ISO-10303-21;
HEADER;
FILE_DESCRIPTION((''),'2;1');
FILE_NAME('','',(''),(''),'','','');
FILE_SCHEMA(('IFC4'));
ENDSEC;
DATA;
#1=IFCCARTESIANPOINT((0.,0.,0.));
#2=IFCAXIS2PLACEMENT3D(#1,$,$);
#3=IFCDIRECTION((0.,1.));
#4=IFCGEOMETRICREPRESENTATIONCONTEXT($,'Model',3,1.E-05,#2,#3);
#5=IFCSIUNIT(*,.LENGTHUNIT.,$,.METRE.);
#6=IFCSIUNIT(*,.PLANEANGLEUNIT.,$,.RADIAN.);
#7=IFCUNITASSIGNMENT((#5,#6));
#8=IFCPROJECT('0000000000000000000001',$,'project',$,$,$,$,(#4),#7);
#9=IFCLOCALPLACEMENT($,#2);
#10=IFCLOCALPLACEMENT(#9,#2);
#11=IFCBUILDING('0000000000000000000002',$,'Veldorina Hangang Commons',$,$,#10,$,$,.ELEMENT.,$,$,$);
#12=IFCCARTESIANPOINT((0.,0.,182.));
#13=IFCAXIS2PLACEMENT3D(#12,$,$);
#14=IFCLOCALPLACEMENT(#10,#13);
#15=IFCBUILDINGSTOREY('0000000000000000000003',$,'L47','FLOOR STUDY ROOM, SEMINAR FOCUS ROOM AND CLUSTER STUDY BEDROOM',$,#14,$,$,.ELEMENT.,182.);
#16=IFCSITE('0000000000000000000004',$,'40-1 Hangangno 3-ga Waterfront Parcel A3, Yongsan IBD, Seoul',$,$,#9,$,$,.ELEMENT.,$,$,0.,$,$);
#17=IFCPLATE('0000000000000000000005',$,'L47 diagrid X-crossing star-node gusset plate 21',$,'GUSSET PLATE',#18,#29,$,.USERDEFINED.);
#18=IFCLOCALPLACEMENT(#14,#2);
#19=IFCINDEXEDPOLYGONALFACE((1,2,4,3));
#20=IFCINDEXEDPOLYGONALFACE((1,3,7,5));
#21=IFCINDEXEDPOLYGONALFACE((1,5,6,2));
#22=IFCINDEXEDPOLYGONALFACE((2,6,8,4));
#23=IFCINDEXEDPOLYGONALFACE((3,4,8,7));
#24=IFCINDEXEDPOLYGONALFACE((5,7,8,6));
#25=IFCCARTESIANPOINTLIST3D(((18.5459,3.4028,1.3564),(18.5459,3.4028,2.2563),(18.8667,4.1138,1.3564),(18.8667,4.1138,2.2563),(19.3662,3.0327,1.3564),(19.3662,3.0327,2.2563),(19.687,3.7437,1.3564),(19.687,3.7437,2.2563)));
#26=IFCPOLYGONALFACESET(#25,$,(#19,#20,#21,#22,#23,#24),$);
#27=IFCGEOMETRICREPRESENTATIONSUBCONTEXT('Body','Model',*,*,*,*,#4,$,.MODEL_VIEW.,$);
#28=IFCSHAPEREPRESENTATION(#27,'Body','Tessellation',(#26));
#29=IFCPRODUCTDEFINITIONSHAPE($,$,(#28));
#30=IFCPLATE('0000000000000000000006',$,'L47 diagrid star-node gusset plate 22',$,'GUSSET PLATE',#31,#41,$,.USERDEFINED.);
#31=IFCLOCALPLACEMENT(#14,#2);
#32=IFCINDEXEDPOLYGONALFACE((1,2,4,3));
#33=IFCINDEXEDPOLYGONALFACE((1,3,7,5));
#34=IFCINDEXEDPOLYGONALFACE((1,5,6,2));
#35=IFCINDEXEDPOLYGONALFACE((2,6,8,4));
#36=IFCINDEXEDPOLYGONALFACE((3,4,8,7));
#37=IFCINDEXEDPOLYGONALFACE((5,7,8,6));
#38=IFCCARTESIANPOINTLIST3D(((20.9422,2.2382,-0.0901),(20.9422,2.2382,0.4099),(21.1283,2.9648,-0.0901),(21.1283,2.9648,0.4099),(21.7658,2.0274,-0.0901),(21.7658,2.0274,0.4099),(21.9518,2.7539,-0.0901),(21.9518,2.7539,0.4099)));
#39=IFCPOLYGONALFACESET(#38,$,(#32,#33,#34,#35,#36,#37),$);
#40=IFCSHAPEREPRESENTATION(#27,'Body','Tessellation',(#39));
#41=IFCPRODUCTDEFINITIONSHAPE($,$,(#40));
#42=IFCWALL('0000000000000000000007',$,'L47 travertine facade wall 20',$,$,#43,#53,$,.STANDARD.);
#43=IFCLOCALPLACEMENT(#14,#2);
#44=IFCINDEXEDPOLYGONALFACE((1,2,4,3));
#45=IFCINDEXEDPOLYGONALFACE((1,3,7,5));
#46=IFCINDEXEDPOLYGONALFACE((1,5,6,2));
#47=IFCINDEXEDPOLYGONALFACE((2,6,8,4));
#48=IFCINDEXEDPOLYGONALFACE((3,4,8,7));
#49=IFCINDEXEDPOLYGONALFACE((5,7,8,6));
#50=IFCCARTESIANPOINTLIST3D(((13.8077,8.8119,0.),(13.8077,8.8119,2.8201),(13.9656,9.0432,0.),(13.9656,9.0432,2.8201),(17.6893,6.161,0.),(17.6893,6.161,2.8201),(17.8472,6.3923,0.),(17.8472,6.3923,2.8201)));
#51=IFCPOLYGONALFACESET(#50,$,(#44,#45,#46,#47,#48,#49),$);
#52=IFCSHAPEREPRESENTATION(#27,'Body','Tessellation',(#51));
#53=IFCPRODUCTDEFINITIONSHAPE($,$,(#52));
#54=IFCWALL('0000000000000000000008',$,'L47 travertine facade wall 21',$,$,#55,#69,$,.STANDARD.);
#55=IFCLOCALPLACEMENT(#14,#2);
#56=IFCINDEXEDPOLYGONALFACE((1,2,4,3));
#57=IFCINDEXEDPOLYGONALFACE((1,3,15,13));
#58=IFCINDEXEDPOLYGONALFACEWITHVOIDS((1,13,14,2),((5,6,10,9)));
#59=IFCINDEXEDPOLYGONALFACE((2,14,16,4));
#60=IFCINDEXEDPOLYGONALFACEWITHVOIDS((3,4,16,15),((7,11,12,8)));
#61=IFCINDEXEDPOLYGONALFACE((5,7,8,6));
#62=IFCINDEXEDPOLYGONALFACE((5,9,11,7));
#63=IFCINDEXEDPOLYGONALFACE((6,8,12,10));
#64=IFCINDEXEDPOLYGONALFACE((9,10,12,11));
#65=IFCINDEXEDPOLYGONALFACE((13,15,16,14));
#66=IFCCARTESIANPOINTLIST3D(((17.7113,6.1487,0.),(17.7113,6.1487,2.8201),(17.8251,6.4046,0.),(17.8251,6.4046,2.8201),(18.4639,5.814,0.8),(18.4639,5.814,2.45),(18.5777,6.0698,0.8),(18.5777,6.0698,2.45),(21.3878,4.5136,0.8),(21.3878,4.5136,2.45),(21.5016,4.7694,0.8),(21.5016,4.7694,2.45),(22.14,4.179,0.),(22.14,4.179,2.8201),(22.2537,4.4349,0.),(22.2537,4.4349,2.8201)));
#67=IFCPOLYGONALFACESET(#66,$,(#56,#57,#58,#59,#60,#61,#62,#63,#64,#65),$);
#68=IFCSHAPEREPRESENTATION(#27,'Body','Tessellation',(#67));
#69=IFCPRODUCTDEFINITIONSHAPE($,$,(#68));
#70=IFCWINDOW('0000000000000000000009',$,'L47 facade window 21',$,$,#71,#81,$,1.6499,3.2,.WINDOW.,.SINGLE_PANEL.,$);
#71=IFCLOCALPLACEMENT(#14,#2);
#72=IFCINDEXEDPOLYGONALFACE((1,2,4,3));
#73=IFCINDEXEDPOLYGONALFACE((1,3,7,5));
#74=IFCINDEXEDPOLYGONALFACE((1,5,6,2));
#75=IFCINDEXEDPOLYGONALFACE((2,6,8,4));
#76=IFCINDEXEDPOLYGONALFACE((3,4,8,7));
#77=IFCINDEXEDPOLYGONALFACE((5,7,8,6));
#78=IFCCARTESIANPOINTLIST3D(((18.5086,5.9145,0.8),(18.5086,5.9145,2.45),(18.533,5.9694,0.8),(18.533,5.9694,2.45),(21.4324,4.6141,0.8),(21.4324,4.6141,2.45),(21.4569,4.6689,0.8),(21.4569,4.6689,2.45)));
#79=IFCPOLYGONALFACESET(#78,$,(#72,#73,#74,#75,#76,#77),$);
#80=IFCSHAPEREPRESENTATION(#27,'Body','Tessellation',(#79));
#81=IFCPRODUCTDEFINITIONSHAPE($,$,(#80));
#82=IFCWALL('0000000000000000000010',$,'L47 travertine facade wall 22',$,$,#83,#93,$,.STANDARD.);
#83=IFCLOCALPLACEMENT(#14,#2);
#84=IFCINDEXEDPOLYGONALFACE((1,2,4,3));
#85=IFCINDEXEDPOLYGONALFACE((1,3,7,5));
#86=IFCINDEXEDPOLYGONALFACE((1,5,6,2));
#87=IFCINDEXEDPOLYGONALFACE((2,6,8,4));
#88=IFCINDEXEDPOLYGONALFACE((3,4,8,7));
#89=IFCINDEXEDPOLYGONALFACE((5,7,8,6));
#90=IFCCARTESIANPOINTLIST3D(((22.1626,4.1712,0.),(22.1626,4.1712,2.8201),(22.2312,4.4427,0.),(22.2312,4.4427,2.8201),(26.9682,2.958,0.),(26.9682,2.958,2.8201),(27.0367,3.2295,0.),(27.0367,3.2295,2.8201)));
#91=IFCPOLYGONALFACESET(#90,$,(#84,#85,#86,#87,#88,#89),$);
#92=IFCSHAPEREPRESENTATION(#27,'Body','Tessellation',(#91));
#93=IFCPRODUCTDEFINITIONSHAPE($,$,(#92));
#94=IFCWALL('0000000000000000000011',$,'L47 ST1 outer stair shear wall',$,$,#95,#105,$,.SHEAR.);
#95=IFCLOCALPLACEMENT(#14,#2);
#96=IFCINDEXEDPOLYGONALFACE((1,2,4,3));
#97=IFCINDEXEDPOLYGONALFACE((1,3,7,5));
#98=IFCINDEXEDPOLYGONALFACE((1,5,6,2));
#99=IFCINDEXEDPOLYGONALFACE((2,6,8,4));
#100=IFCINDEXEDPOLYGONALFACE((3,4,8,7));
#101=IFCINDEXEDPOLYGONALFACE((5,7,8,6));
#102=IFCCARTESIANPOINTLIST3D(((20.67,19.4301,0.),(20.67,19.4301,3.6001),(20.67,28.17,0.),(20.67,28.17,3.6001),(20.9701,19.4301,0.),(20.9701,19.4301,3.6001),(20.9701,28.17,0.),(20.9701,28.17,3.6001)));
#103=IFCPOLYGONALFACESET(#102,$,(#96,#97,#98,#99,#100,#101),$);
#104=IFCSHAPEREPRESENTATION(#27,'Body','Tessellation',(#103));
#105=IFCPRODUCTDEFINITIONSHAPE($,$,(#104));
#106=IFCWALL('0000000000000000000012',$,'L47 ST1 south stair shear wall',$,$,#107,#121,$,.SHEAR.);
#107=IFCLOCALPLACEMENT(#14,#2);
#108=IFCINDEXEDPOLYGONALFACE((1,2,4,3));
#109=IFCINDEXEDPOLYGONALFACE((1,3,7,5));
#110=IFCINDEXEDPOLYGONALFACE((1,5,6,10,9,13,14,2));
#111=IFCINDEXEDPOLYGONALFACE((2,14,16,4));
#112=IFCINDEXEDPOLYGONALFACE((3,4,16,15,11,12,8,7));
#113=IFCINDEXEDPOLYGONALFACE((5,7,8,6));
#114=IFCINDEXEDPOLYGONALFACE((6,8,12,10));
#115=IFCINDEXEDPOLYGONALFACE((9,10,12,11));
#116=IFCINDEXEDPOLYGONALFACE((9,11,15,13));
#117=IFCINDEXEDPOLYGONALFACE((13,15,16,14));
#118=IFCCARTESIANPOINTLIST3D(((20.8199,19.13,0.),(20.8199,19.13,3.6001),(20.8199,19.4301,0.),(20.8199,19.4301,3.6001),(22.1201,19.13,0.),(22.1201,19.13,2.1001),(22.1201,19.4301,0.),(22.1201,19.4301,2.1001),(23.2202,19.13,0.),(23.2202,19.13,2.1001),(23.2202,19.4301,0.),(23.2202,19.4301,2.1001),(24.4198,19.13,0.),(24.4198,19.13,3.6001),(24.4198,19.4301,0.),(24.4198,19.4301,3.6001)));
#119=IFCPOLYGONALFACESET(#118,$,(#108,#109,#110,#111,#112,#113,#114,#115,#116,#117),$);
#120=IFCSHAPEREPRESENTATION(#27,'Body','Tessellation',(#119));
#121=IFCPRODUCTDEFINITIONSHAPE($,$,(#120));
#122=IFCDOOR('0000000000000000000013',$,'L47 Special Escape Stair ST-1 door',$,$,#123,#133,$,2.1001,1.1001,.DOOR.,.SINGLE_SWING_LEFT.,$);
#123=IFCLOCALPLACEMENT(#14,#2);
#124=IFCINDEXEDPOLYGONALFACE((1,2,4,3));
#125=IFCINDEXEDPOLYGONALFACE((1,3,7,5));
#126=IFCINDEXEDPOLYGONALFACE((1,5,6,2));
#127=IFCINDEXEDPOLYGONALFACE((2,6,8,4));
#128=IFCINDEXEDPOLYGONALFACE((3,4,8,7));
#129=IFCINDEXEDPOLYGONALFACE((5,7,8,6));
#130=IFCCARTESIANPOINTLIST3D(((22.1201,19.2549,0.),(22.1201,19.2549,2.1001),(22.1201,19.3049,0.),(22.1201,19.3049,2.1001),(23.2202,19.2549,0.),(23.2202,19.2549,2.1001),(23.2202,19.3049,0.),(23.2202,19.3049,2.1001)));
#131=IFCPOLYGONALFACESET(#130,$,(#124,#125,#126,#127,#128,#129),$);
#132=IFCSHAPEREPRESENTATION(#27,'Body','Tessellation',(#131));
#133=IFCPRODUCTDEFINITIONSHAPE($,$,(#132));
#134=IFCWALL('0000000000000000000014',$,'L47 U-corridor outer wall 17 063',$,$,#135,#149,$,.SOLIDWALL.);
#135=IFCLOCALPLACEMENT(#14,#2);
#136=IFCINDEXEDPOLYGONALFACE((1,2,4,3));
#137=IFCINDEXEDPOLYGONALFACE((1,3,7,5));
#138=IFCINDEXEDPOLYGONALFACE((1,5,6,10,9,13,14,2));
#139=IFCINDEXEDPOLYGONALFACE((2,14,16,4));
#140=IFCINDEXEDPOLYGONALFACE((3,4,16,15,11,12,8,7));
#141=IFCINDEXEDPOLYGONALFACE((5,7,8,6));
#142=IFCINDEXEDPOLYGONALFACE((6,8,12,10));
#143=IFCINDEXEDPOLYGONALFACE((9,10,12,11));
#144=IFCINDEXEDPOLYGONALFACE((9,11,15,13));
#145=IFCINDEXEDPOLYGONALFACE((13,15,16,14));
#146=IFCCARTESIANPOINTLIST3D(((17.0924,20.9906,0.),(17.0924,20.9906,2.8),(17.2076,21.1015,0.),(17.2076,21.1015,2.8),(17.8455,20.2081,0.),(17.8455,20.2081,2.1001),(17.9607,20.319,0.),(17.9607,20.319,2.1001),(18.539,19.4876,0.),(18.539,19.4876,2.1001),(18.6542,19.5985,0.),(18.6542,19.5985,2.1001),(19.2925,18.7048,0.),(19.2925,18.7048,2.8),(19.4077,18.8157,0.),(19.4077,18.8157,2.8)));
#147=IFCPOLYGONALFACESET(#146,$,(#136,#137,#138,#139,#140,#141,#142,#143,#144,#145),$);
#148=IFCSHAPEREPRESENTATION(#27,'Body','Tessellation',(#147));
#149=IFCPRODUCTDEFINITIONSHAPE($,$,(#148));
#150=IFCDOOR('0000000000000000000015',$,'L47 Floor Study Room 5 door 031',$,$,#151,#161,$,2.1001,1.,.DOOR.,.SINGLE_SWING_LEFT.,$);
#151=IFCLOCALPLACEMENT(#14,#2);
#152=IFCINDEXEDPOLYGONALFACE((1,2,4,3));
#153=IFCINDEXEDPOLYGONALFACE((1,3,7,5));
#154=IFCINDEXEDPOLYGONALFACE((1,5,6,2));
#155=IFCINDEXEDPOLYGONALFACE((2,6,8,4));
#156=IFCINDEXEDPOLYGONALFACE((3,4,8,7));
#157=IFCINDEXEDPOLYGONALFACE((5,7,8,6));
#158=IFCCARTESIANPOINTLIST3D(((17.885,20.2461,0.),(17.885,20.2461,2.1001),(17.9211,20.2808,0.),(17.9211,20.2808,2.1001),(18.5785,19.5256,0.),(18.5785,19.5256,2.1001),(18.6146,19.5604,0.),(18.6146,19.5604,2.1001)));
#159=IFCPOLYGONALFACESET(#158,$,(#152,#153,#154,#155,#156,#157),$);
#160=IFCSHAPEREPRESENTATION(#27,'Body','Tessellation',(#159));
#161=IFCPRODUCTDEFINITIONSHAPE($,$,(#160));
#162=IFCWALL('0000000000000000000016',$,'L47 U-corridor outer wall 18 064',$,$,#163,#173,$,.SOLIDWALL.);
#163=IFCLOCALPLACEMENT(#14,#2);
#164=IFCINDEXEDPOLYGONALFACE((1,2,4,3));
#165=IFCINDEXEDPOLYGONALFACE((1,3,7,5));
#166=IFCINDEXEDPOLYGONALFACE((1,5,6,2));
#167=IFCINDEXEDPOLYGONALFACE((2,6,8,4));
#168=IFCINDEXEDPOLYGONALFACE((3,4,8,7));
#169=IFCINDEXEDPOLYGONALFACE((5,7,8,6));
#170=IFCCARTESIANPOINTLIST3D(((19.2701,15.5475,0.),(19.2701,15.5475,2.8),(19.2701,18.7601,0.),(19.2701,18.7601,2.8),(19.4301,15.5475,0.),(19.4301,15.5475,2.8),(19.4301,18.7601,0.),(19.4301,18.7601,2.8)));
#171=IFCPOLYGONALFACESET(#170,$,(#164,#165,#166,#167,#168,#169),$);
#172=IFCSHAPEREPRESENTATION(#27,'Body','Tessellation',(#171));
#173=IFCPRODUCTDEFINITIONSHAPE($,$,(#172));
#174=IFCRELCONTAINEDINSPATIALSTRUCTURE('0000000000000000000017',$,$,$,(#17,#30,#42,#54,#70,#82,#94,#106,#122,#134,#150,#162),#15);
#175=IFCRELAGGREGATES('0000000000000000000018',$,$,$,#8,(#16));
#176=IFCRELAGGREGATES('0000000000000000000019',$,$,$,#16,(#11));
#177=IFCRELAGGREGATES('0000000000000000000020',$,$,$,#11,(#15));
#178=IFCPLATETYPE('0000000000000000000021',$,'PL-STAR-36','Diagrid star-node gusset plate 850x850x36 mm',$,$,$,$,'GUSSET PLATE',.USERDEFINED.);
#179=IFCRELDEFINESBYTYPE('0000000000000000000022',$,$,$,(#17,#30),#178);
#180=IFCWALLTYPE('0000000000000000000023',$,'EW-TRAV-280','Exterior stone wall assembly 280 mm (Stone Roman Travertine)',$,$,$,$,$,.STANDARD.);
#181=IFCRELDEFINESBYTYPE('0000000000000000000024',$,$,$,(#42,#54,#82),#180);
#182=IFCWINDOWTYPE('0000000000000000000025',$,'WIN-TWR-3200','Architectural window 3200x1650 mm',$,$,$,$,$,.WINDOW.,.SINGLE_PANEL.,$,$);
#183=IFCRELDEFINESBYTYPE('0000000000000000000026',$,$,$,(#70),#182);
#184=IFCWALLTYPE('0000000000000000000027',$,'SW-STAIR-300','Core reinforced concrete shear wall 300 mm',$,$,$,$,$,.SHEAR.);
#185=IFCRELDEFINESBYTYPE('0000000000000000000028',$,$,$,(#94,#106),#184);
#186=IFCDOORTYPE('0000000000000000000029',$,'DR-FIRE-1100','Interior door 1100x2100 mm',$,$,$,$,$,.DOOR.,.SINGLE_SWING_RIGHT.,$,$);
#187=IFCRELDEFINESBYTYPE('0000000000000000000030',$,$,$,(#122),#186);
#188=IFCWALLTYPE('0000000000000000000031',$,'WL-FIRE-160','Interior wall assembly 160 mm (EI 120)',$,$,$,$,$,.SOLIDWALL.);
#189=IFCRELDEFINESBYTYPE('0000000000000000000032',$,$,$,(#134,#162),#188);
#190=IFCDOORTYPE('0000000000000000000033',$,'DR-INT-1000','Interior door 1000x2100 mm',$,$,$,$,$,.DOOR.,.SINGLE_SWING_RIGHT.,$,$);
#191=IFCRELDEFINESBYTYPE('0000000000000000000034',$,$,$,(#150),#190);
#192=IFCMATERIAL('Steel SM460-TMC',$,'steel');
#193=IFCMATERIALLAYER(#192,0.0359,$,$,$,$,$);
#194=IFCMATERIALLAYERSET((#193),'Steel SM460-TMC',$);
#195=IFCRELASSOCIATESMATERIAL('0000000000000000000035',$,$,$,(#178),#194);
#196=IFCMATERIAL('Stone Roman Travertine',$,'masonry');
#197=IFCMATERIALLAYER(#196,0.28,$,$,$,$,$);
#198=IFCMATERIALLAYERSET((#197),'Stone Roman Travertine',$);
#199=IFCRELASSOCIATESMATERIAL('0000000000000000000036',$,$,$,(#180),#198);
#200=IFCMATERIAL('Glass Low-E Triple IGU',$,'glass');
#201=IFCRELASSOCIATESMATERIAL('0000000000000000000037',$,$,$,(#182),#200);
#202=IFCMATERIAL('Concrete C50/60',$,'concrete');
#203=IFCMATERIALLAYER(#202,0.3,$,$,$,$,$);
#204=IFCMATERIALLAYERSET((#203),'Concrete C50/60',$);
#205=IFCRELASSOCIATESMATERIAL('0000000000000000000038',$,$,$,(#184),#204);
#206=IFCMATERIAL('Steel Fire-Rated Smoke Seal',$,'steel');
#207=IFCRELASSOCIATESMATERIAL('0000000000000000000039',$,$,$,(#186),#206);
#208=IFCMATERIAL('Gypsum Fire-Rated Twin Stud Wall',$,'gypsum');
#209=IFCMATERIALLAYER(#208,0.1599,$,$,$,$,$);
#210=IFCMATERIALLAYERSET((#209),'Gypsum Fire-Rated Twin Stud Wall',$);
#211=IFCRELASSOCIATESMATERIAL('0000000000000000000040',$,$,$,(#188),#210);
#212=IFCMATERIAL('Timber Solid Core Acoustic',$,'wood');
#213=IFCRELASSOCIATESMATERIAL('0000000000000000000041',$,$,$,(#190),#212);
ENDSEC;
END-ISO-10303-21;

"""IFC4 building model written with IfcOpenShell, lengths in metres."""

from ifc_helpers import new_model, si_unit, direction, frame, frame_2d, origin, origin_2d, place, context, subcontext, project, spatial, rectangle, extrude, material, layer, layer_set, type_object, element, fill, save


model = new_model("IFC4")

# Units and contexts
model_context = context("Model", 3, precision=1e-05, world=origin(), true_north=direction((0.0, 1.0)))
body_context = subcontext(model_context, "Body", "Model", "MODEL_VIEW")
ifc_project = project(units=[si_unit("LENGTHUNIT", "METRE"), si_unit("PLANEANGLEUNIT", "RADIAN")], contexts=[model_context])

# Site, building, storey
site_placement = place(None, origin())
site = spatial("IfcSite", under=ifc_project, at=site_placement, Name="40-1 Hangangno 3-ga Waterfront Parcel A3, Yongsan IBD, Seoul", CompositionType="ELEMENT", RefElevation=0.0)
building_placement = place(site_placement, origin())
building = spatial("IfcBuilding", under=site, at=building_placement, Name="Veldorina Hangang Commons", CompositionType="ELEMENT")
storey_placement = place(building_placement, frame((0.0, 0.0, 182.0)))
storey = spatial("IfcBuildingStorey", under=building, at=storey_placement, Name="L47", Description="FLOOR STUDY ROOM, SEMINAR FOCUS ROOM AND CLUSTER STUDY BEDROOM", CompositionType="ELEMENT", Elevation=182.0)

# Plates
ifc_material_1 = material(Name="Steel SM460-TMC", Category="steel")
ifc_layer_1 = layer(ifc_material_1, 0.0359)
ifc_layer_set_1 = layer_set([ifc_layer_1], Name="Steel SM460-TMC")
plate_type = type_object("IfcPlateType", Name="PL-STAR-36", Description="Diagrid star-node gusset plate 850x850x36 mm", ElementType="GUSSET PLATE", PredefinedType="USERDEFINED", material=ifc_layer_set_1)
plate_1_placement = place(storey_placement, frame((19.1165, 3.5732, 1.3564), z_axis=(0.0, 0.0, 1.0), x_axis=(0.911525, -0.411244, 0.0)))
element("IfcPlate", 1, at=plate_1_placement, inside=storey, type_object=plate_type, Name="L47 diagrid X-crossing star-node gusset plate 21", ObjectType="GUSSET PLATE", PredefinedType="USERDEFINED", context=body_context, shape_type="SweptSolid", body=[
    extrude(rectangle(XDim=0.8999, YDim=0.78, at=origin_2d()), origin(), (0.0, 0.0, 1.0), 0.8999),
])
plate_2_placement = place(storey_placement, frame((21.447, 2.4961, -0.0901), z_axis=(0.0, 0.0, 1.0), x_axis=(0.968748, -0.248047, 0.0)))
element("IfcPlate", 2, at=plate_2_placement, inside=storey, type_object=plate_type, Name="L47 diagrid star-node gusset plate 22", ObjectType="GUSSET PLATE", PredefinedType="USERDEFINED", context=body_context, shape_type="SweptSolid", body=[
    extrude(rectangle(XDim=0.8501, YDim=0.75, at=origin_2d()), origin(), (0.0, 0.0, 1.0), 0.5),
])

# Wall
ifc_material_2 = material(Name="Stone Roman Travertine", Category="masonry")
ifc_layer_2 = layer(ifc_material_2, 0.28)
ifc_layer_set_2 = layer_set([ifc_layer_2], Name="Stone Roman Travertine")
wall_type_1 = type_object("IfcWallType", Name="EW-TRAV-280", Description="Exterior stone wall assembly 280 mm (Stone Roman Travertine)", PredefinedType="STANDARD", material=ifc_layer_set_2)
wall_1_placement = place(storey_placement, frame((13.8867, 8.9275, 0.0), z_axis=(0.0, 0.0, 1.0), x_axis=(0.825797, -0.563967, 0.0)))
element("IfcWall", 3, at=wall_1_placement, inside=storey, type_object=wall_type_1, Name="L47 travertine facade wall 20", PredefinedType="STANDARD", context=body_context, shape_type="SweptSolid", body=[
    extrude(rectangle(XDim=4.7004, YDim=0.28, at=frame_2d((2.3501, 0.0))), origin(), (0.0, 0.0, 1.0), 2.8201),
])

# Wall, opening, window
wall_2_placement = place(storey_placement, frame((17.7683, 6.2766, 0.0), z_axis=(0.0, 0.0, 1.0), x_axis=(0.913704, -0.406381, 0.0)))
wall_2 = element("IfcWall", 4, at=wall_2_placement, inside=storey, type_object=wall_type_1, Name="L47 travertine facade wall 21", PredefinedType="STANDARD", context=body_context, shape_type="SweptSolid", body=[
    extrude(rectangle(XDim=4.8469, YDim=0.28, at=frame_2d((2.4233, 0.0))), origin(), (0.0, 0.0, 1.0), 2.8201),
])
opening_1_placement = place(wall_2_placement, frame((0.8235, 0.0, 0.8)))
opening_1 = element("IfcOpeningElement", 5, at=opening_1_placement, cuts=wall_2, PredefinedType="OPENING", context=body_context, shape_type="SweptSolid", body=[
    extrude(rectangle(XDim=3.2, YDim=1.6499, at=frame_2d((1.6001, 0.825))), frame((0.0, 0.1499, 0.0), z_axis=(0.0, -1.0, 0.0), x_axis=(1.0, 0.0, 0.0)), (0.0, 0.0, 1.0), 0.3),
])
ifc_material_3 = material(Name="Glass Low-E Triple IGU", Category="glass")
window_type = type_object("IfcWindowType", Name="WIN-TWR-3200", Description="Architectural window 3200x1650 mm", PartitioningType="SINGLE_PANEL", PredefinedType="WINDOW", material=ifc_material_3)
window_placement = place(opening_1_placement, origin())
window = element("IfcWindow", 6, at=window_placement, inside=storey, type_object=window_type, Name="L47 facade window 21", OverallHeight=1.6499, OverallWidth=3.2, PartitioningType="SINGLE_PANEL", PredefinedType="WINDOW", context=body_context, shape_type="SweptSolid", body=[
    extrude(rectangle(XDim=3.2, YDim=1.6499, at=frame_2d((1.6001, 0.825))), frame((0.0, 0.03, 0.0), z_axis=(0.0, -1.0, 0.0), x_axis=(1.0, 0.0, 0.0)), (0.0, 0.0, 1.0), 0.0601),
])
fill(opening_1, window)

# Walls
wall_3_placement = place(storey_placement, frame((22.197, 4.3069, 0.0), z_axis=(0.0, 0.0, 1.0), x_axis=(0.969581, -0.244772, 0.0)))
element("IfcWall", 7, at=wall_3_placement, inside=storey, type_object=wall_type_1, Name="L47 travertine facade wall 22", PredefinedType="STANDARD", context=body_context, shape_type="SweptSolid", body=[
    extrude(rectangle(XDim=4.9563, YDim=0.28, at=frame_2d((2.478, 0.0))), origin(), (0.0, 0.0, 1.0), 2.8201),
])
ifc_material_4 = material(Name="Concrete C50/60", Category="concrete")
ifc_layer_3 = layer(ifc_material_4, 0.3)
ifc_layer_set_3 = layer_set([ifc_layer_3], Name="Concrete C50/60")
wall_type_2 = type_object("IfcWallType", Name="SW-STAIR-300", Description="Core reinforced concrete shear wall 300 mm", PredefinedType="SHEAR", material=ifc_layer_set_3)
wall_4_placement = place(storey_placement, frame((20.8201, 19.4299, 0.0), z_axis=(0.0, 0.0, 1.0), x_axis=(0.0, 1.0, 0.0)))
element("IfcWall", 8, at=wall_4_placement, inside=storey, type_object=wall_type_2, Name="L47 ST1 outer stair shear wall", PredefinedType="SHEAR", context=body_context, shape_type="SweptSolid", body=[
    extrude(rectangle(XDim=8.74, YDim=0.3, at=frame_2d((4.3701, 0.0))), origin(), (0.0, 0.0, 1.0), 3.6001),
])

# Walls, openings, doors
wall_5_placement = place(storey_placement, frame((20.8201, 19.28, 0.0), z_axis=(0.0, 0.0, 1.0), x_axis=(1.0, 0.0, 0.0)))
wall_5 = element("IfcWall", 9, at=wall_5_placement, inside=storey, type_object=wall_type_2, Name="L47 ST1 south stair shear wall", PredefinedType="SHEAR", context=body_context, shape_type="SweptSolid", body=[
    extrude(rectangle(XDim=3.5999, YDim=0.3, at=frame_2d((1.7998, 0.0))), origin(), (0.0, 0.0, 1.0), 3.6001),
])
opening_2_placement = place(wall_5_placement, frame((1.3, 0.0, 0.0)))
opening_2 = element("IfcOpeningElement", 10, at=opening_2_placement, cuts=wall_5, PredefinedType="OPENING", context=body_context, shape_type="SweptSolid", body=[
    extrude(rectangle(XDim=1.1001, YDim=2.1001, at=frame_2d((0.55, 1.05))), frame((0.0, 0.1602, 0.0), z_axis=(0.0, -1.0, 0.0), x_axis=(1.0, 0.0, 0.0)), (0.0, 0.0, 1.0), 0.3201),
])
ifc_material_5 = material(Name="Steel Fire-Rated Smoke Seal", Category="steel")
door_type_1 = type_object("IfcDoorType", Name="DR-FIRE-1100", Description="Interior door 1100x2100 mm", OperationType="SINGLE_SWING_RIGHT", PredefinedType="DOOR", material=ifc_material_5)
door_1_placement = place(opening_2_placement, origin())
door_1 = element("IfcDoor", 11, at=door_1_placement, inside=storey, type_object=door_type_1, Name="L47 Special Escape Stair ST-1 door", OperationType="SINGLE_SWING_LEFT", OverallHeight=2.1001, OverallWidth=1.1001, PredefinedType="DOOR", context=body_context, shape_type="SweptSolid", body=[
    extrude(rectangle(XDim=1.1001, YDim=2.1001, at=frame_2d((0.55, 1.05))), frame((0.0, 0.0249, 0.0), z_axis=(0.0, -1.0, 0.0), x_axis=(1.0, 0.0, 0.0)), (0.0, 0.0, 1.0), 0.05),
])
fill(opening_2, door_1)
ifc_material_6 = material(Name="Gypsum Fire-Rated Twin Stud Wall", Category="gypsum")
ifc_layer_4 = layer(ifc_material_6, 0.1599)
ifc_layer_set_4 = layer_set([ifc_layer_4], Name="Gypsum Fire-Rated Twin Stud Wall")
wall_type_3 = type_object("IfcWallType", Name="WL-FIRE-160", Description="Interior wall assembly 160 mm (EI 120)", PredefinedType="SOLIDWALL", material=ifc_layer_set_4)
wall_6_placement = place(storey_placement, frame((17.1499, 21.0461, 0.0), z_axis=(0.0, 0.0, 1.0), x_axis=(0.693473, -0.720483, 0.0)))
wall_6 = element("IfcWall", 12, at=wall_6_placement, inside=storey, type_object=wall_type_3, Name="L47 U-corridor outer wall 17 063", PredefinedType="SOLIDWALL", context=body_context, shape_type="SweptSolid", body=[
    extrude(rectangle(XDim=3.1726, YDim=0.1599, at=frame_2d((1.5864, 0.0))), origin(), (0.0, 0.0, 1.0), 2.8),
])
opening_3_placement = place(wall_6_placement, frame((1.0862, 0.0, 0.0)))
opening_3 = element("IfcOpeningElement", 13, at=opening_3_placement, cuts=wall_6, PredefinedType="OPENING", context=body_context, shape_type="SweptSolid", body=[
    extrude(rectangle(XDim=1.0, YDim=2.1001, at=frame_2d((0.5, 1.05))), frame((0.0, 0.0898, 0.0), z_axis=(0.0, -1.0, 0.0), x_axis=(1.0, 0.0, 0.0)), (0.0, 0.0, 1.0), 0.1799),
])
ifc_material_7 = material(Name="Timber Solid Core Acoustic", Category="wood")
door_type_2 = type_object("IfcDoorType", Name="DR-INT-1000", Description="Interior door 1000x2100 mm", OperationType="SINGLE_SWING_RIGHT", PredefinedType="DOOR", material=ifc_material_7)
door_2_placement = place(opening_3_placement, origin())
door_2 = element("IfcDoor", 14, at=door_2_placement, inside=storey, type_object=door_type_2, Name="L47 Floor Study Room 5 door 031", OperationType="SINGLE_SWING_LEFT", OverallHeight=2.1001, OverallWidth=1.0, PredefinedType="DOOR", context=body_context, shape_type="SweptSolid", body=[
    extrude(rectangle(XDim=1.0, YDim=2.1001, at=frame_2d((0.5, 1.05))), frame((0.0, 0.0249, 0.0), z_axis=(0.0, -1.0, 0.0), x_axis=(1.0, 0.0, 0.0)), (0.0, 0.0, 1.0), 0.05),
])
fill(opening_3, door_2)

# Wall
wall_7_placement = place(storey_placement, frame((19.3501, 18.7603, 0.0), z_axis=(0.0, 0.0, 1.0), x_axis=(0.0, -1.0, 0.0)))
element("IfcWall", 15, at=wall_7_placement, inside=storey, type_object=wall_type_3, Name="L47 U-corridor outer wall 18 064", PredefinedType="SOLIDWALL", context=body_context, shape_type="SweptSolid", body=[
    extrude(rectangle(XDim=3.2126, YDim=0.1599, at=frame_2d((1.6064, 0.0))), origin(), (0.0, 0.0, 1.0), 2.8),
])

save(model, "model.ifc")
